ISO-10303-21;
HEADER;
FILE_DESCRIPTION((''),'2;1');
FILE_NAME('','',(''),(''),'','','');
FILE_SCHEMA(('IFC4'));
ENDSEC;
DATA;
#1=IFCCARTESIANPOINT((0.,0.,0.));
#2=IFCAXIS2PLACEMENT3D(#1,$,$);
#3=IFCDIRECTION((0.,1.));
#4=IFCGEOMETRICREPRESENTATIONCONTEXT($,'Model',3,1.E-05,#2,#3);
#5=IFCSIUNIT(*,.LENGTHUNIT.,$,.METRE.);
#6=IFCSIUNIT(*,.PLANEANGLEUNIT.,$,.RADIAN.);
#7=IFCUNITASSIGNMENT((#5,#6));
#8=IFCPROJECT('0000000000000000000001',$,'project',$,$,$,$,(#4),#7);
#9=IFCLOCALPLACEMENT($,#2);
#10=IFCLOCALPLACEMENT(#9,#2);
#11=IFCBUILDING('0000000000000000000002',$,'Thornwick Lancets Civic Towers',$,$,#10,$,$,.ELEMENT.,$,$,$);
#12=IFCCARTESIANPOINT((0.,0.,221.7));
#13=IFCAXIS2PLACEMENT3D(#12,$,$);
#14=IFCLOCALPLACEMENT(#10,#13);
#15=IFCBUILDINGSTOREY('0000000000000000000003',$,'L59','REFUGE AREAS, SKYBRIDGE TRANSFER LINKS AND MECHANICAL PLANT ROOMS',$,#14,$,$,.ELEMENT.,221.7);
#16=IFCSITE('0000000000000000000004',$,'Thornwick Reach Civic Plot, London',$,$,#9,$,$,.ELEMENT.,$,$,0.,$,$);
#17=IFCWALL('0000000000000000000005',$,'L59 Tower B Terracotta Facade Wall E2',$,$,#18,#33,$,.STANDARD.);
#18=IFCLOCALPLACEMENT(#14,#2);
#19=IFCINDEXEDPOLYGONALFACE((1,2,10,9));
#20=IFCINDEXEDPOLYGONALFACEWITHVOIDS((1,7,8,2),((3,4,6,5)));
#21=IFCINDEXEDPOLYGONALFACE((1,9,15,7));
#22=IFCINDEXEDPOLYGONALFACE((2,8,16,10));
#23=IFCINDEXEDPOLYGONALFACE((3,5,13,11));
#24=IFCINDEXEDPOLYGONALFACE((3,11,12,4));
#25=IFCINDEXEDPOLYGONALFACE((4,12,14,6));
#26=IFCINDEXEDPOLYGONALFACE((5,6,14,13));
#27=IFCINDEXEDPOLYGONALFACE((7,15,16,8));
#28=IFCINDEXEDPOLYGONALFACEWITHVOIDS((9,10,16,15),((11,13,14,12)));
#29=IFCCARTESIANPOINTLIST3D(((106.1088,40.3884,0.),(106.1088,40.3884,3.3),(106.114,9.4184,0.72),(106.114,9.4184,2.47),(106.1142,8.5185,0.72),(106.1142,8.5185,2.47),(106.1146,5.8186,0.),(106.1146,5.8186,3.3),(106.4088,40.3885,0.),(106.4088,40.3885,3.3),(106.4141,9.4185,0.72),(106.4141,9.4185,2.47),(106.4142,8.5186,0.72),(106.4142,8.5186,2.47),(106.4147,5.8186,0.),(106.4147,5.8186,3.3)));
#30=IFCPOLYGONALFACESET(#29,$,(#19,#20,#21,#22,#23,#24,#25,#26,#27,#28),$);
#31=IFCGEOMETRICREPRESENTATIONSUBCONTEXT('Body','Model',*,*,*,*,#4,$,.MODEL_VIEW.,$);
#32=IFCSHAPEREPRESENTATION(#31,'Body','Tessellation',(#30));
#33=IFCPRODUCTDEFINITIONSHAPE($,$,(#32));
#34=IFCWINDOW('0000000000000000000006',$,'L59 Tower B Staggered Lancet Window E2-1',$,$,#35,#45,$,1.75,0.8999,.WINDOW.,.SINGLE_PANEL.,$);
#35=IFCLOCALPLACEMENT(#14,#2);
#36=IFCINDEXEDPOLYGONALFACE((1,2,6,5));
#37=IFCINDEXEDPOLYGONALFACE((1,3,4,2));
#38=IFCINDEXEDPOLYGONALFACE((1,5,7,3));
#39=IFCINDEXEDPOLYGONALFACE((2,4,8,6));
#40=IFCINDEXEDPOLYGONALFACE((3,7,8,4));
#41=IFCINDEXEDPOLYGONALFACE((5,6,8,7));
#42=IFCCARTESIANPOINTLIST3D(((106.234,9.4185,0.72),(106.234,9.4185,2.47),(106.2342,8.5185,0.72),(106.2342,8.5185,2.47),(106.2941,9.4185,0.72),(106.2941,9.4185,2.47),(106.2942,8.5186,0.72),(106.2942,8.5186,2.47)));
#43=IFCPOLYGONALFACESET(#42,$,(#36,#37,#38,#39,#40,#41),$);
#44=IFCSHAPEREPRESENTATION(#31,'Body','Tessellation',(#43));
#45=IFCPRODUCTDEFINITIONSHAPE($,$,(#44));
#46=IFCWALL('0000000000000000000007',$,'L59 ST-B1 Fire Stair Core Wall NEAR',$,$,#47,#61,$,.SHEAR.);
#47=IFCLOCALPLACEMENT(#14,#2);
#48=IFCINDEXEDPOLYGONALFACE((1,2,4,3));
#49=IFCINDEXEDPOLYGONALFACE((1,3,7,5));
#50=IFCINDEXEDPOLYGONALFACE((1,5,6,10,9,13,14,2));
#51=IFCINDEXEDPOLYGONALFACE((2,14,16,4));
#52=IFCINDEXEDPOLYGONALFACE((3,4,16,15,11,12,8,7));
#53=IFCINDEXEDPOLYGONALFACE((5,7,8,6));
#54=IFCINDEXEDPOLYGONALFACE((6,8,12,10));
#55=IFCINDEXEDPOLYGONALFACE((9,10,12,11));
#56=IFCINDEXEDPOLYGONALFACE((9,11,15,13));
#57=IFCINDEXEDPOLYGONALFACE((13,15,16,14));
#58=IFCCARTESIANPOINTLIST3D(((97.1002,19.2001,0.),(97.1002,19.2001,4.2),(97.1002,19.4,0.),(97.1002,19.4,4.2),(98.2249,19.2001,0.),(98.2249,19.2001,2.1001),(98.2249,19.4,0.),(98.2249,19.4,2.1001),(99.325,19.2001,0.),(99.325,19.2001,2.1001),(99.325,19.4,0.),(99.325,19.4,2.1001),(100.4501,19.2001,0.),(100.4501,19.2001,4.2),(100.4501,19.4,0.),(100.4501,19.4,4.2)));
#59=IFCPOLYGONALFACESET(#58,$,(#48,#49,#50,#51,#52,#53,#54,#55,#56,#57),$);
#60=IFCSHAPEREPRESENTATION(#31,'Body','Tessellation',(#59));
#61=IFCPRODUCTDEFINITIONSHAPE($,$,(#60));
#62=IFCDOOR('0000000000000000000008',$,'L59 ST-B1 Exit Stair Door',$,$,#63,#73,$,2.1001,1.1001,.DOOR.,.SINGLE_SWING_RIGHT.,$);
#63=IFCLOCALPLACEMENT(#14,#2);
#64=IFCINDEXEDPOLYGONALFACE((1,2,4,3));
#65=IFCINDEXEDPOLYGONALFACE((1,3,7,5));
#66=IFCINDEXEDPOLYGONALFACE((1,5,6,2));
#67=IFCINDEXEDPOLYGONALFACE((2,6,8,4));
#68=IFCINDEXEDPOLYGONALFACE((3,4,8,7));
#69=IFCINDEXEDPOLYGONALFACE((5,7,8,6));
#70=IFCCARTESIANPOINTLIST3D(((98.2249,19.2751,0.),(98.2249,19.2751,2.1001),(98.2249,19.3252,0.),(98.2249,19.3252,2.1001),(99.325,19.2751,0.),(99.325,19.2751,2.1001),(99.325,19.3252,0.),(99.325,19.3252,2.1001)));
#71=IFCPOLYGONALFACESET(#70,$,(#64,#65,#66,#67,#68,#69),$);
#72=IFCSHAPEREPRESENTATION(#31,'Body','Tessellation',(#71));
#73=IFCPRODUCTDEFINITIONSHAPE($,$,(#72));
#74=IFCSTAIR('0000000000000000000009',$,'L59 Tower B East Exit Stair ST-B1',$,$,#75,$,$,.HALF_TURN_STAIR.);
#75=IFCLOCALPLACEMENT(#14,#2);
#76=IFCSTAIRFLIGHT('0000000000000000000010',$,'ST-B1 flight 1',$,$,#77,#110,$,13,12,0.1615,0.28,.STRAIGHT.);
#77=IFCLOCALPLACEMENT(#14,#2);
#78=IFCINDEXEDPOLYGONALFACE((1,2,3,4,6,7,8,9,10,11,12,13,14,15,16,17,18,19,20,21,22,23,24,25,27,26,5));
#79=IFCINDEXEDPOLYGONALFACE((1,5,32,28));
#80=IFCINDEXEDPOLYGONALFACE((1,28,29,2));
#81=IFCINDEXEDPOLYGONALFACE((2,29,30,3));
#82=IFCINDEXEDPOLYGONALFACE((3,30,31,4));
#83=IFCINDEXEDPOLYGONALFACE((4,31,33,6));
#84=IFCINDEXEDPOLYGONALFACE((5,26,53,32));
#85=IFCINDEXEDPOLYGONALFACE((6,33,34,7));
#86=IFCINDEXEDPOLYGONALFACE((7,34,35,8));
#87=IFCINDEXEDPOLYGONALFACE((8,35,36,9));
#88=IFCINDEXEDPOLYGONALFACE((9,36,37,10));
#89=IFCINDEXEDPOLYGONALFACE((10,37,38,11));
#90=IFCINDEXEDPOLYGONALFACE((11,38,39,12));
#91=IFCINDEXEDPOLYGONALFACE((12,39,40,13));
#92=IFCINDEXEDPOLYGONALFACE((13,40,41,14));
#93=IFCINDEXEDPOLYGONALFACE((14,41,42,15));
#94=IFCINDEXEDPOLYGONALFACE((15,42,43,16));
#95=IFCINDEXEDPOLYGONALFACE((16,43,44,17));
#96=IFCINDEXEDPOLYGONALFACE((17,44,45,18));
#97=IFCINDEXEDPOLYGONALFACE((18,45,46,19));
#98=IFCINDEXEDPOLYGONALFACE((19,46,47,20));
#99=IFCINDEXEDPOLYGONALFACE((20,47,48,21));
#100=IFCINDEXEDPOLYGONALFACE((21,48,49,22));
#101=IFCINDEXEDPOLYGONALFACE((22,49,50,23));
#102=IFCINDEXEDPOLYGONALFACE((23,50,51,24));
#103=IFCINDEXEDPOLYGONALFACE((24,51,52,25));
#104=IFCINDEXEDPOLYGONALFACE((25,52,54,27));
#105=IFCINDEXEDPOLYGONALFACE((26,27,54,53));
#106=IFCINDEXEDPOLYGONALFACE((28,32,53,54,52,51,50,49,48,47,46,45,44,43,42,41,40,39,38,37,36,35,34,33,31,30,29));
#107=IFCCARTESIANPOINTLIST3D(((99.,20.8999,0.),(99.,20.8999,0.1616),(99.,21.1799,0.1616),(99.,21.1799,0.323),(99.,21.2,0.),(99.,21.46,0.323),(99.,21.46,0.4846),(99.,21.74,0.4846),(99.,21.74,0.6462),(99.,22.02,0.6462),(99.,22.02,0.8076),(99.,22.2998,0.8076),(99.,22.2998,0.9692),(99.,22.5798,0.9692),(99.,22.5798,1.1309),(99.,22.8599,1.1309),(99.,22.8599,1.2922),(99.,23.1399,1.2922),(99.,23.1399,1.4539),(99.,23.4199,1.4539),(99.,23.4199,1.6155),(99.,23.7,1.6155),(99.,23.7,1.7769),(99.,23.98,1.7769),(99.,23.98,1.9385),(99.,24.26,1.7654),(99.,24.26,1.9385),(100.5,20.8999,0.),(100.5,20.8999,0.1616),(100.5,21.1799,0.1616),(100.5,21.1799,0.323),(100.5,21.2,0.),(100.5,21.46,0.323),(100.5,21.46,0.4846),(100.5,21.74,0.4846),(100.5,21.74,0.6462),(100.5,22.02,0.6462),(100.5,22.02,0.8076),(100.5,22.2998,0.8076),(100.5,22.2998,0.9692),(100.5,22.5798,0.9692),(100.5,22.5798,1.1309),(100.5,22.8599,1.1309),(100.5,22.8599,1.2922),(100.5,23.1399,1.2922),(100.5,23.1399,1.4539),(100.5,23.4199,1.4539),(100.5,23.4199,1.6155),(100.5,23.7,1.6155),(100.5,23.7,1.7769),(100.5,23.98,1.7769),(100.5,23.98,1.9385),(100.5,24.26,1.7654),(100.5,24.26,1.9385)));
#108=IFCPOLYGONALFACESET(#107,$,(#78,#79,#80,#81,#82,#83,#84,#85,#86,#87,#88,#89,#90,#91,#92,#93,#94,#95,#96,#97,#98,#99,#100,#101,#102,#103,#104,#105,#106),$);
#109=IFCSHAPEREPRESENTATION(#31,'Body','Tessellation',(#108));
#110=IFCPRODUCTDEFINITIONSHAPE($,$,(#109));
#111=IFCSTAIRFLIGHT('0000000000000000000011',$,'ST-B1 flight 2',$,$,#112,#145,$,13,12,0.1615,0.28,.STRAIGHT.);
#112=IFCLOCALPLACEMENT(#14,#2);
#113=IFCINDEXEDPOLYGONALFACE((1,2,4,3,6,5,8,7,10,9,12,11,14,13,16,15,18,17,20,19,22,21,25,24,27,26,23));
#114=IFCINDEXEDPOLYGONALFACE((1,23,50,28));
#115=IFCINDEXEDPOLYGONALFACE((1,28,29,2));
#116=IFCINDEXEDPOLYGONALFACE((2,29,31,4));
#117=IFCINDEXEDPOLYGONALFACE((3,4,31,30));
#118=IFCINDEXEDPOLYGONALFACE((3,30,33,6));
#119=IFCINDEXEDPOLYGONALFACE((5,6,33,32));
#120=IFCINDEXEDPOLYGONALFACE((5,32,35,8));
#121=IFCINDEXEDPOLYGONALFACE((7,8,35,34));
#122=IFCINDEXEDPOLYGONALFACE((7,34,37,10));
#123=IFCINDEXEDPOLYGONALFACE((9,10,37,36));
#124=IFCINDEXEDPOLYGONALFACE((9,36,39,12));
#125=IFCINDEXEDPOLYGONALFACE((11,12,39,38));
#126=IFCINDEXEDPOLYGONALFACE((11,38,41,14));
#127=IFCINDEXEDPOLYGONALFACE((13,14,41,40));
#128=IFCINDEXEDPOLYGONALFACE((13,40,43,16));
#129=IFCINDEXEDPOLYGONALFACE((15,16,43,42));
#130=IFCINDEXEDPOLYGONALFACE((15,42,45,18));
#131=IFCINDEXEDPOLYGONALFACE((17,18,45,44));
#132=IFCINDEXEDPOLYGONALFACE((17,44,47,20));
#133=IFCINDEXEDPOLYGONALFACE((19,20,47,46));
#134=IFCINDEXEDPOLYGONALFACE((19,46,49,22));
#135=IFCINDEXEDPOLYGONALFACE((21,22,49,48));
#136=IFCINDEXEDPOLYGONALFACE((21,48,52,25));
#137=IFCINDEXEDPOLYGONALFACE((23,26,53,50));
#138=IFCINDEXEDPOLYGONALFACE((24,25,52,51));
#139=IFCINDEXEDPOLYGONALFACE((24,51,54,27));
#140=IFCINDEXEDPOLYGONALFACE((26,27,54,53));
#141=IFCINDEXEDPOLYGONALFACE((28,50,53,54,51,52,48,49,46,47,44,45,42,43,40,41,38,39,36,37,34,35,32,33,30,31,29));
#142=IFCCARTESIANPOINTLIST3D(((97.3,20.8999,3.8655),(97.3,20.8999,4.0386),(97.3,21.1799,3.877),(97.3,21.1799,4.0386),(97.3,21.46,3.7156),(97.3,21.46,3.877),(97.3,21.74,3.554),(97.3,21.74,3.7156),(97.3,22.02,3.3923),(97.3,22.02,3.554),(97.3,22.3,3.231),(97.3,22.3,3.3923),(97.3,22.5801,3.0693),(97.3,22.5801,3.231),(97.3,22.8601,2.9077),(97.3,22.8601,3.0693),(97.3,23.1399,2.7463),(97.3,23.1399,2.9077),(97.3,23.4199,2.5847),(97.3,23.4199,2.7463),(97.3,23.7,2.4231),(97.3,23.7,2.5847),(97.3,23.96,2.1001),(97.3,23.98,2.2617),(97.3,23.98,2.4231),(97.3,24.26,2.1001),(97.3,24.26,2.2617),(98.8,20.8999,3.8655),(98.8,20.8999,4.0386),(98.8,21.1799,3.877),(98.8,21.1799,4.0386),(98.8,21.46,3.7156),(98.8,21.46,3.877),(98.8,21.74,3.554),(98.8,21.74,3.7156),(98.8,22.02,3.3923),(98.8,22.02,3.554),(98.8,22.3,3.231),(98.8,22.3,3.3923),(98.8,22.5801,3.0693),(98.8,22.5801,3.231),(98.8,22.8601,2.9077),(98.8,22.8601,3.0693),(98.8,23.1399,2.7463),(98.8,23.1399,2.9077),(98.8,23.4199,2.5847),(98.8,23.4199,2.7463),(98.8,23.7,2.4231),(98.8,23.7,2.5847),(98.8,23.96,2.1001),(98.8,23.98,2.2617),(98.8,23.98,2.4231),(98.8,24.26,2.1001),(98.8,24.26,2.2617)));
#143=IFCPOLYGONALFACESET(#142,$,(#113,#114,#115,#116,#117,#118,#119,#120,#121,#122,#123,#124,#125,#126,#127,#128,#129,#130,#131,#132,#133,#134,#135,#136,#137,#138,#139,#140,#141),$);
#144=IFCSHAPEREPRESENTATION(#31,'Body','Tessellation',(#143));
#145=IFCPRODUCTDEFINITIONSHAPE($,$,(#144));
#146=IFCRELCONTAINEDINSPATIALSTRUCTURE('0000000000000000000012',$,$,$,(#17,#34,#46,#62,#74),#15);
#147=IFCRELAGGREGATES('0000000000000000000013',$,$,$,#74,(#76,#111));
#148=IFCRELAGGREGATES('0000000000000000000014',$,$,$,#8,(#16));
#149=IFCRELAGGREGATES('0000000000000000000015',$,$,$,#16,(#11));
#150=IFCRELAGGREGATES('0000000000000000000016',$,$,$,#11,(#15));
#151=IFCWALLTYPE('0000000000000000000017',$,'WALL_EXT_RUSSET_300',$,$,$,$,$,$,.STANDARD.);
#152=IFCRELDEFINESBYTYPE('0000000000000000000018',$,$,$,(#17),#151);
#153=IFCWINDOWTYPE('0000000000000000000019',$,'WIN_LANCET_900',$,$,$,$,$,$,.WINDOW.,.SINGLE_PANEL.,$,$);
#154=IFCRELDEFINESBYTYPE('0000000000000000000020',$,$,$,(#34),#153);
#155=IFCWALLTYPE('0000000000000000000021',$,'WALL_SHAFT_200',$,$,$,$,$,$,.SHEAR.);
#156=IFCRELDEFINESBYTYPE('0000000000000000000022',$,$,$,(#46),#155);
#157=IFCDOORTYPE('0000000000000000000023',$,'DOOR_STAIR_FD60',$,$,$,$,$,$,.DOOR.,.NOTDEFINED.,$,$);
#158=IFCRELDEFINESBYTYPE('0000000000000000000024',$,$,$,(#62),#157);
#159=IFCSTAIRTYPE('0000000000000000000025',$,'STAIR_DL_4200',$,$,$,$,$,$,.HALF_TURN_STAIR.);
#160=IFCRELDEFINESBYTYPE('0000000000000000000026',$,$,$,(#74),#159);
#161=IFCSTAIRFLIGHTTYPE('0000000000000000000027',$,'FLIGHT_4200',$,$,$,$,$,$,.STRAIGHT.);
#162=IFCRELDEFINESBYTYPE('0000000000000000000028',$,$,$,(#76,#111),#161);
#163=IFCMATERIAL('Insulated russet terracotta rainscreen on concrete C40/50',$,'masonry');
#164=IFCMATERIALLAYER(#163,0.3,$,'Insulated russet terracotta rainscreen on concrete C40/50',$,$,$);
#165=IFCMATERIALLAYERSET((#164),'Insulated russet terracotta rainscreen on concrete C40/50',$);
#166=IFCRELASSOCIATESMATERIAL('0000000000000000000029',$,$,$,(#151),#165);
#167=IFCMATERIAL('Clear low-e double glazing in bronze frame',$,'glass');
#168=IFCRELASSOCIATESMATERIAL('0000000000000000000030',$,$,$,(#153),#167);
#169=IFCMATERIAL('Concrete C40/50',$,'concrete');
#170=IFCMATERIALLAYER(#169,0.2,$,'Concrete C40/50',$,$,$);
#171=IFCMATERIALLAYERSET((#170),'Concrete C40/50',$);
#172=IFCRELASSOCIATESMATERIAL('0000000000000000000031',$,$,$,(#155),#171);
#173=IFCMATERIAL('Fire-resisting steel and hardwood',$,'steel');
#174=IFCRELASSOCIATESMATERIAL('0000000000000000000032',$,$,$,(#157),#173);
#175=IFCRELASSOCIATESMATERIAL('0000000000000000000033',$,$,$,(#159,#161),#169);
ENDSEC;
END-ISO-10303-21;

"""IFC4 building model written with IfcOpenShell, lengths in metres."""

from ifc_helpers import new_model, si_unit, direction, frame, frame_2d, origin, place, context, subcontext, project, spatial, polyline, rectangle, outline, extrude, material, layer, layer_set, type_object, element, fill, aggregate, save


model = new_model("IFC4")

# Units and contexts
model_context = context("Model", 3, precision=1e-05, world=origin(), true_north=direction((0.0, 1.0)))
body_context = subcontext(model_context, "Body", "Model", "MODEL_VIEW")
ifc_project = project(units=[si_unit("LENGTHUNIT", "METRE"), si_unit("PLANEANGLEUNIT", "RADIAN")], contexts=[model_context])

# Site, building, storey
site_placement = place(None, origin())
site = spatial("IfcSite", under=ifc_project, at=site_placement, Name="Thornwick Reach Civic Plot, London", CompositionType="ELEMENT", RefElevation=0.0)
building_placement = place(site_placement, origin())
building = spatial("IfcBuilding", under=site, at=building_placement, Name="Thornwick Lancets Civic Towers", CompositionType="ELEMENT")
storey_placement = place(building_placement, frame((0.0, 0.0, 221.7)))
storey = spatial("IfcBuildingStorey", under=building, at=storey_placement, Name="L59", Description="REFUGE AREAS, SKYBRIDGE TRANSFER LINKS AND MECHANICAL PLANT ROOMS", CompositionType="ELEMENT", Elevation=221.7)

# Wall, opening, window
ifc_material_1 = material(Name="Insulated russet terracotta rainscreen on concrete C40/50", Category="masonry")
ifc_layer_1 = layer(ifc_material_1, 0.3, Name="Insulated russet terracotta rainscreen on concrete C40/50")
ifc_layer_set_1 = layer_set([ifc_layer_1], Name="Insulated russet terracotta rainscreen on concrete C40/50")
wall_type_1 = type_object("IfcWallType", Name="WALL_EXT_RUSSET_300", PredefinedType="STANDARD", material=ifc_layer_set_1)
wall_1_placement = place(storey_placement, frame((106.2646, 5.8186, 0.0), z_axis=(0.0, 0.0, 1.0), x_axis=(-0.000169, 1.0, 0.0)))
wall_1 = element("IfcWall", 1, at=wall_1_placement, inside=storey, type_object=wall_type_1, Name="L59 Tower B Terracotta Facade Wall E2", PredefinedType="STANDARD", context=body_context, shape_type="SweptSolid", body=[
    extrude(rectangle(XDim=34.5698, YDim=0.3, at=frame_2d((17.2849, 0.0))), origin(), (0.0, 0.0, 1.0), 3.3),
])
opening_1_placement = place(wall_1_placement, frame((2.7, 0.0, 0.72)))
opening_1 = element("IfcOpeningElement", 2, at=opening_1_placement, cuts=wall_1, PredefinedType="OPENING", context=body_context, shape_type="SweptSolid", body=[
    extrude(rectangle(XDim=0.8999, YDim=1.75, at=frame_2d((0.45, 0.875))), frame((0.0, 0.1602, 0.0), z_axis=(0.0, -1.0, 0.0), x_axis=(1.0, 0.0, 0.0)), (0.0, 0.0, 1.0), 0.3201),
])
ifc_material_2 = material(Name="Clear low-e double glazing in bronze frame", Category="glass")
window_type = type_object("IfcWindowType", Name="WIN_LANCET_900", PartitioningType="SINGLE_PANEL", PredefinedType="WINDOW", material=ifc_material_2)
window_placement = place(opening_1_placement, origin())
window = element("IfcWindow", 3, at=window_placement, inside=storey, type_object=window_type, Name="L59 Tower B Staggered Lancet Window E2-1", OverallHeight=1.75, OverallWidth=0.8999, PartitioningType="SINGLE_PANEL", PredefinedType="WINDOW", context=body_context, shape_type="SweptSolid", body=[
    extrude(rectangle(XDim=0.8999, YDim=1.75, at=frame_2d((0.45, 0.875))), frame((0.0, 0.03, 0.0), z_axis=(0.0, -1.0, 0.0), x_axis=(1.0, 0.0, 0.0)), (0.0, 0.0, 1.0), 0.0601),
])
fill(opening_1, window)

# Wall, opening, door
ifc_material_3 = material(Name="Concrete C40/50", Category="concrete")
ifc_layer_2 = layer(ifc_material_3, 0.2, Name="Concrete C40/50")
ifc_layer_set_2 = layer_set([ifc_layer_2], Name="Concrete C40/50")
wall_type_2 = type_object("IfcWallType", Name="WALL_SHAFT_200", PredefinedType="SHEAR", material=ifc_layer_set_2)
wall_2_placement = place(storey_placement, frame((100.45, 19.3, 0.0), z_axis=(0.0, 0.0, 1.0), x_axis=(-1.0, 0.0, 0.0)))
wall_2 = element("IfcWall", 4, at=wall_2_placement, inside=storey, type_object=wall_type_2, Name="L59 ST-B1 Fire Stair Core Wall NEAR", PredefinedType="SHEAR", context=body_context, shape_type="SweptSolid", body=[
    extrude(rectangle(XDim=3.3499, YDim=0.2, at=frame_2d((1.6748, 0.0))), origin(), (0.0, 0.0, 1.0), 4.2),
])
opening_2_placement = place(wall_2_placement, frame((1.125, 0.0, 0.0)))
opening_2 = element("IfcOpeningElement", 5, at=opening_2_placement, cuts=wall_2, PredefinedType="OPENING", context=body_context, shape_type="SweptSolid", body=[
    extrude(rectangle(XDim=1.1001, YDim=2.1001, at=frame_2d((0.55, 1.05))), frame((0.0, 0.1099, 0.0), z_axis=(0.0, -1.0, 0.0), x_axis=(1.0, 0.0, 0.0)), (0.0, 0.0, 1.0), 0.22),
])
ifc_material_4 = material(Name="Fire-resisting steel and hardwood", Category="steel")
door_type = type_object("IfcDoorType", Name="DOOR_STAIR_FD60", OperationType="NOTDEFINED", PredefinedType="DOOR", material=ifc_material_4)
door_placement = place(opening_2_placement, origin())
door = element("IfcDoor", 6, at=door_placement, inside=storey, type_object=door_type, Name="L59 ST-B1 Exit Stair Door", OperationType="SINGLE_SWING_RIGHT", OverallHeight=2.1001, OverallWidth=1.1001, PredefinedType="DOOR", context=body_context, shape_type="SweptSolid", body=[
    extrude(rectangle(XDim=1.1001, YDim=2.1001, at=frame_2d((0.55, 1.05))), frame((0.0, 0.0249, 0.0), z_axis=(0.0, -1.0, 0.0), x_axis=(1.0, 0.0, 0.0)), (0.0, 0.0, 1.0), 0.05),
])
fill(opening_2, door)

# Stair, stair flights
stair_type = type_object("IfcStairType", Name="STAIR_DL_4200", PredefinedType="HALF_TURN_STAIR", material=ifc_material_3)
stair_placement = place(storey_placement, origin())
stair = element("IfcStair", 7, at=stair_placement, inside=storey, type_object=stair_type, Name="L59 Tower B East Exit Stair ST-B1", PredefinedType="HALF_TURN_STAIR")
stair_flight_type = type_object("IfcStairFlightType", Name="FLIGHT_4200", PredefinedType="STRAIGHT", material=ifc_material_3)
stair_flight_1_placement = place(storey_placement, frame((99.75, 20.8999, 0.0), z_axis=(0.0, 0.0, 1.0), x_axis=(0.0, 1.0, 0.0)))
stair_flight_1 = element("IfcStairFlight", 8, at=stair_flight_1_placement, type_object=stair_flight_type, Name="ST-B1 flight 1", NumberOfRisers=13, NumberOfTreads=12, PredefinedType="STRAIGHT", RiserHeight=0.1615, TreadLength=0.28, context=body_context, shape_type="SweptSolid", body=[
    extrude(outline(polyline([(0.0, 0.0), (0.0, 0.1616), (0.28, 0.1616), (0.28, 0.323), (0.5601, 0.323), (0.5601, 0.4846), (0.8401, 0.4846), (0.8401, 0.6462), (1.1201, 0.6462), (1.1201, 0.8076), (1.3999, 0.8076), (1.3999, 0.9692), (1.6799, 0.9692), (1.6799, 1.1309), (1.96, 1.1309), (1.96, 1.2922), (2.24, 1.2922), (2.24, 1.4539), (2.52, 1.4539), (2.52, 1.6155), (2.8, 1.6155), (2.8, 1.7769), (3.0801, 1.7769), (3.0801, 1.9385), (3.3601, 1.9385), (3.3601, 2.1001), (3.3601, 1.7654), (0.3, 0.0), (0.0, 0.0)])), frame((0.0, 0.75, 0.0), z_axis=(0.0, -1.0, 0.0), x_axis=(1.0, 0.0, 0.0)), (0.0, 0.0, 1.0), 1.5),
])
stair_flight_2_placement = place(storey_placement, frame((98.05, 24.26, 2.1001), z_axis=(0.0, 0.0, 1.0), x_axis=(0.0, -1.0, 0.0)))
stair_flight_2 = element("IfcStairFlight", 9, at=stair_flight_2_placement, type_object=stair_flight_type, Name="ST-B1 flight 2", NumberOfRisers=13, NumberOfTreads=12, PredefinedType="STRAIGHT", RiserHeight=0.1615, TreadLength=0.28, context=body_context, shape_type="SweptSolid", body=[
    extrude(outline(polyline([(0.0, 0.0), (0.0, 0.1616), (0.28, 0.1616), (0.28, 0.323), (0.5601, 0.323), (0.5601, 0.4846), (0.8401, 0.4846), (0.8401, 0.6462), (1.1201, 0.6462), (1.1201, 0.8076), (1.3999, 0.8076), (1.3999, 0.9692), (1.6799, 0.9692), (1.6799, 1.1309), (1.96, 1.1309), (1.96, 1.2922), (2.24, 1.2922), (2.24, 1.4539), (2.52, 1.4539), (2.52, 1.6155), (2.8, 1.6155), (2.8, 1.7769), (3.0801, 1.7769), (3.0801, 1.9385), (3.3601, 1.9385), (3.3601, 2.1001), (3.3601, 1.7654), (0.3, 0.0), (0.0, 0.0)])), frame((0.0, 0.75, 0.0), z_axis=(0.0, -1.0, 0.0), x_axis=(1.0, 0.0, 0.0)), (0.0, 0.0, 1.0), 1.5),
])
aggregate(stair, [stair_flight_1, stair_flight_2])

save(model, "model.ifc")
